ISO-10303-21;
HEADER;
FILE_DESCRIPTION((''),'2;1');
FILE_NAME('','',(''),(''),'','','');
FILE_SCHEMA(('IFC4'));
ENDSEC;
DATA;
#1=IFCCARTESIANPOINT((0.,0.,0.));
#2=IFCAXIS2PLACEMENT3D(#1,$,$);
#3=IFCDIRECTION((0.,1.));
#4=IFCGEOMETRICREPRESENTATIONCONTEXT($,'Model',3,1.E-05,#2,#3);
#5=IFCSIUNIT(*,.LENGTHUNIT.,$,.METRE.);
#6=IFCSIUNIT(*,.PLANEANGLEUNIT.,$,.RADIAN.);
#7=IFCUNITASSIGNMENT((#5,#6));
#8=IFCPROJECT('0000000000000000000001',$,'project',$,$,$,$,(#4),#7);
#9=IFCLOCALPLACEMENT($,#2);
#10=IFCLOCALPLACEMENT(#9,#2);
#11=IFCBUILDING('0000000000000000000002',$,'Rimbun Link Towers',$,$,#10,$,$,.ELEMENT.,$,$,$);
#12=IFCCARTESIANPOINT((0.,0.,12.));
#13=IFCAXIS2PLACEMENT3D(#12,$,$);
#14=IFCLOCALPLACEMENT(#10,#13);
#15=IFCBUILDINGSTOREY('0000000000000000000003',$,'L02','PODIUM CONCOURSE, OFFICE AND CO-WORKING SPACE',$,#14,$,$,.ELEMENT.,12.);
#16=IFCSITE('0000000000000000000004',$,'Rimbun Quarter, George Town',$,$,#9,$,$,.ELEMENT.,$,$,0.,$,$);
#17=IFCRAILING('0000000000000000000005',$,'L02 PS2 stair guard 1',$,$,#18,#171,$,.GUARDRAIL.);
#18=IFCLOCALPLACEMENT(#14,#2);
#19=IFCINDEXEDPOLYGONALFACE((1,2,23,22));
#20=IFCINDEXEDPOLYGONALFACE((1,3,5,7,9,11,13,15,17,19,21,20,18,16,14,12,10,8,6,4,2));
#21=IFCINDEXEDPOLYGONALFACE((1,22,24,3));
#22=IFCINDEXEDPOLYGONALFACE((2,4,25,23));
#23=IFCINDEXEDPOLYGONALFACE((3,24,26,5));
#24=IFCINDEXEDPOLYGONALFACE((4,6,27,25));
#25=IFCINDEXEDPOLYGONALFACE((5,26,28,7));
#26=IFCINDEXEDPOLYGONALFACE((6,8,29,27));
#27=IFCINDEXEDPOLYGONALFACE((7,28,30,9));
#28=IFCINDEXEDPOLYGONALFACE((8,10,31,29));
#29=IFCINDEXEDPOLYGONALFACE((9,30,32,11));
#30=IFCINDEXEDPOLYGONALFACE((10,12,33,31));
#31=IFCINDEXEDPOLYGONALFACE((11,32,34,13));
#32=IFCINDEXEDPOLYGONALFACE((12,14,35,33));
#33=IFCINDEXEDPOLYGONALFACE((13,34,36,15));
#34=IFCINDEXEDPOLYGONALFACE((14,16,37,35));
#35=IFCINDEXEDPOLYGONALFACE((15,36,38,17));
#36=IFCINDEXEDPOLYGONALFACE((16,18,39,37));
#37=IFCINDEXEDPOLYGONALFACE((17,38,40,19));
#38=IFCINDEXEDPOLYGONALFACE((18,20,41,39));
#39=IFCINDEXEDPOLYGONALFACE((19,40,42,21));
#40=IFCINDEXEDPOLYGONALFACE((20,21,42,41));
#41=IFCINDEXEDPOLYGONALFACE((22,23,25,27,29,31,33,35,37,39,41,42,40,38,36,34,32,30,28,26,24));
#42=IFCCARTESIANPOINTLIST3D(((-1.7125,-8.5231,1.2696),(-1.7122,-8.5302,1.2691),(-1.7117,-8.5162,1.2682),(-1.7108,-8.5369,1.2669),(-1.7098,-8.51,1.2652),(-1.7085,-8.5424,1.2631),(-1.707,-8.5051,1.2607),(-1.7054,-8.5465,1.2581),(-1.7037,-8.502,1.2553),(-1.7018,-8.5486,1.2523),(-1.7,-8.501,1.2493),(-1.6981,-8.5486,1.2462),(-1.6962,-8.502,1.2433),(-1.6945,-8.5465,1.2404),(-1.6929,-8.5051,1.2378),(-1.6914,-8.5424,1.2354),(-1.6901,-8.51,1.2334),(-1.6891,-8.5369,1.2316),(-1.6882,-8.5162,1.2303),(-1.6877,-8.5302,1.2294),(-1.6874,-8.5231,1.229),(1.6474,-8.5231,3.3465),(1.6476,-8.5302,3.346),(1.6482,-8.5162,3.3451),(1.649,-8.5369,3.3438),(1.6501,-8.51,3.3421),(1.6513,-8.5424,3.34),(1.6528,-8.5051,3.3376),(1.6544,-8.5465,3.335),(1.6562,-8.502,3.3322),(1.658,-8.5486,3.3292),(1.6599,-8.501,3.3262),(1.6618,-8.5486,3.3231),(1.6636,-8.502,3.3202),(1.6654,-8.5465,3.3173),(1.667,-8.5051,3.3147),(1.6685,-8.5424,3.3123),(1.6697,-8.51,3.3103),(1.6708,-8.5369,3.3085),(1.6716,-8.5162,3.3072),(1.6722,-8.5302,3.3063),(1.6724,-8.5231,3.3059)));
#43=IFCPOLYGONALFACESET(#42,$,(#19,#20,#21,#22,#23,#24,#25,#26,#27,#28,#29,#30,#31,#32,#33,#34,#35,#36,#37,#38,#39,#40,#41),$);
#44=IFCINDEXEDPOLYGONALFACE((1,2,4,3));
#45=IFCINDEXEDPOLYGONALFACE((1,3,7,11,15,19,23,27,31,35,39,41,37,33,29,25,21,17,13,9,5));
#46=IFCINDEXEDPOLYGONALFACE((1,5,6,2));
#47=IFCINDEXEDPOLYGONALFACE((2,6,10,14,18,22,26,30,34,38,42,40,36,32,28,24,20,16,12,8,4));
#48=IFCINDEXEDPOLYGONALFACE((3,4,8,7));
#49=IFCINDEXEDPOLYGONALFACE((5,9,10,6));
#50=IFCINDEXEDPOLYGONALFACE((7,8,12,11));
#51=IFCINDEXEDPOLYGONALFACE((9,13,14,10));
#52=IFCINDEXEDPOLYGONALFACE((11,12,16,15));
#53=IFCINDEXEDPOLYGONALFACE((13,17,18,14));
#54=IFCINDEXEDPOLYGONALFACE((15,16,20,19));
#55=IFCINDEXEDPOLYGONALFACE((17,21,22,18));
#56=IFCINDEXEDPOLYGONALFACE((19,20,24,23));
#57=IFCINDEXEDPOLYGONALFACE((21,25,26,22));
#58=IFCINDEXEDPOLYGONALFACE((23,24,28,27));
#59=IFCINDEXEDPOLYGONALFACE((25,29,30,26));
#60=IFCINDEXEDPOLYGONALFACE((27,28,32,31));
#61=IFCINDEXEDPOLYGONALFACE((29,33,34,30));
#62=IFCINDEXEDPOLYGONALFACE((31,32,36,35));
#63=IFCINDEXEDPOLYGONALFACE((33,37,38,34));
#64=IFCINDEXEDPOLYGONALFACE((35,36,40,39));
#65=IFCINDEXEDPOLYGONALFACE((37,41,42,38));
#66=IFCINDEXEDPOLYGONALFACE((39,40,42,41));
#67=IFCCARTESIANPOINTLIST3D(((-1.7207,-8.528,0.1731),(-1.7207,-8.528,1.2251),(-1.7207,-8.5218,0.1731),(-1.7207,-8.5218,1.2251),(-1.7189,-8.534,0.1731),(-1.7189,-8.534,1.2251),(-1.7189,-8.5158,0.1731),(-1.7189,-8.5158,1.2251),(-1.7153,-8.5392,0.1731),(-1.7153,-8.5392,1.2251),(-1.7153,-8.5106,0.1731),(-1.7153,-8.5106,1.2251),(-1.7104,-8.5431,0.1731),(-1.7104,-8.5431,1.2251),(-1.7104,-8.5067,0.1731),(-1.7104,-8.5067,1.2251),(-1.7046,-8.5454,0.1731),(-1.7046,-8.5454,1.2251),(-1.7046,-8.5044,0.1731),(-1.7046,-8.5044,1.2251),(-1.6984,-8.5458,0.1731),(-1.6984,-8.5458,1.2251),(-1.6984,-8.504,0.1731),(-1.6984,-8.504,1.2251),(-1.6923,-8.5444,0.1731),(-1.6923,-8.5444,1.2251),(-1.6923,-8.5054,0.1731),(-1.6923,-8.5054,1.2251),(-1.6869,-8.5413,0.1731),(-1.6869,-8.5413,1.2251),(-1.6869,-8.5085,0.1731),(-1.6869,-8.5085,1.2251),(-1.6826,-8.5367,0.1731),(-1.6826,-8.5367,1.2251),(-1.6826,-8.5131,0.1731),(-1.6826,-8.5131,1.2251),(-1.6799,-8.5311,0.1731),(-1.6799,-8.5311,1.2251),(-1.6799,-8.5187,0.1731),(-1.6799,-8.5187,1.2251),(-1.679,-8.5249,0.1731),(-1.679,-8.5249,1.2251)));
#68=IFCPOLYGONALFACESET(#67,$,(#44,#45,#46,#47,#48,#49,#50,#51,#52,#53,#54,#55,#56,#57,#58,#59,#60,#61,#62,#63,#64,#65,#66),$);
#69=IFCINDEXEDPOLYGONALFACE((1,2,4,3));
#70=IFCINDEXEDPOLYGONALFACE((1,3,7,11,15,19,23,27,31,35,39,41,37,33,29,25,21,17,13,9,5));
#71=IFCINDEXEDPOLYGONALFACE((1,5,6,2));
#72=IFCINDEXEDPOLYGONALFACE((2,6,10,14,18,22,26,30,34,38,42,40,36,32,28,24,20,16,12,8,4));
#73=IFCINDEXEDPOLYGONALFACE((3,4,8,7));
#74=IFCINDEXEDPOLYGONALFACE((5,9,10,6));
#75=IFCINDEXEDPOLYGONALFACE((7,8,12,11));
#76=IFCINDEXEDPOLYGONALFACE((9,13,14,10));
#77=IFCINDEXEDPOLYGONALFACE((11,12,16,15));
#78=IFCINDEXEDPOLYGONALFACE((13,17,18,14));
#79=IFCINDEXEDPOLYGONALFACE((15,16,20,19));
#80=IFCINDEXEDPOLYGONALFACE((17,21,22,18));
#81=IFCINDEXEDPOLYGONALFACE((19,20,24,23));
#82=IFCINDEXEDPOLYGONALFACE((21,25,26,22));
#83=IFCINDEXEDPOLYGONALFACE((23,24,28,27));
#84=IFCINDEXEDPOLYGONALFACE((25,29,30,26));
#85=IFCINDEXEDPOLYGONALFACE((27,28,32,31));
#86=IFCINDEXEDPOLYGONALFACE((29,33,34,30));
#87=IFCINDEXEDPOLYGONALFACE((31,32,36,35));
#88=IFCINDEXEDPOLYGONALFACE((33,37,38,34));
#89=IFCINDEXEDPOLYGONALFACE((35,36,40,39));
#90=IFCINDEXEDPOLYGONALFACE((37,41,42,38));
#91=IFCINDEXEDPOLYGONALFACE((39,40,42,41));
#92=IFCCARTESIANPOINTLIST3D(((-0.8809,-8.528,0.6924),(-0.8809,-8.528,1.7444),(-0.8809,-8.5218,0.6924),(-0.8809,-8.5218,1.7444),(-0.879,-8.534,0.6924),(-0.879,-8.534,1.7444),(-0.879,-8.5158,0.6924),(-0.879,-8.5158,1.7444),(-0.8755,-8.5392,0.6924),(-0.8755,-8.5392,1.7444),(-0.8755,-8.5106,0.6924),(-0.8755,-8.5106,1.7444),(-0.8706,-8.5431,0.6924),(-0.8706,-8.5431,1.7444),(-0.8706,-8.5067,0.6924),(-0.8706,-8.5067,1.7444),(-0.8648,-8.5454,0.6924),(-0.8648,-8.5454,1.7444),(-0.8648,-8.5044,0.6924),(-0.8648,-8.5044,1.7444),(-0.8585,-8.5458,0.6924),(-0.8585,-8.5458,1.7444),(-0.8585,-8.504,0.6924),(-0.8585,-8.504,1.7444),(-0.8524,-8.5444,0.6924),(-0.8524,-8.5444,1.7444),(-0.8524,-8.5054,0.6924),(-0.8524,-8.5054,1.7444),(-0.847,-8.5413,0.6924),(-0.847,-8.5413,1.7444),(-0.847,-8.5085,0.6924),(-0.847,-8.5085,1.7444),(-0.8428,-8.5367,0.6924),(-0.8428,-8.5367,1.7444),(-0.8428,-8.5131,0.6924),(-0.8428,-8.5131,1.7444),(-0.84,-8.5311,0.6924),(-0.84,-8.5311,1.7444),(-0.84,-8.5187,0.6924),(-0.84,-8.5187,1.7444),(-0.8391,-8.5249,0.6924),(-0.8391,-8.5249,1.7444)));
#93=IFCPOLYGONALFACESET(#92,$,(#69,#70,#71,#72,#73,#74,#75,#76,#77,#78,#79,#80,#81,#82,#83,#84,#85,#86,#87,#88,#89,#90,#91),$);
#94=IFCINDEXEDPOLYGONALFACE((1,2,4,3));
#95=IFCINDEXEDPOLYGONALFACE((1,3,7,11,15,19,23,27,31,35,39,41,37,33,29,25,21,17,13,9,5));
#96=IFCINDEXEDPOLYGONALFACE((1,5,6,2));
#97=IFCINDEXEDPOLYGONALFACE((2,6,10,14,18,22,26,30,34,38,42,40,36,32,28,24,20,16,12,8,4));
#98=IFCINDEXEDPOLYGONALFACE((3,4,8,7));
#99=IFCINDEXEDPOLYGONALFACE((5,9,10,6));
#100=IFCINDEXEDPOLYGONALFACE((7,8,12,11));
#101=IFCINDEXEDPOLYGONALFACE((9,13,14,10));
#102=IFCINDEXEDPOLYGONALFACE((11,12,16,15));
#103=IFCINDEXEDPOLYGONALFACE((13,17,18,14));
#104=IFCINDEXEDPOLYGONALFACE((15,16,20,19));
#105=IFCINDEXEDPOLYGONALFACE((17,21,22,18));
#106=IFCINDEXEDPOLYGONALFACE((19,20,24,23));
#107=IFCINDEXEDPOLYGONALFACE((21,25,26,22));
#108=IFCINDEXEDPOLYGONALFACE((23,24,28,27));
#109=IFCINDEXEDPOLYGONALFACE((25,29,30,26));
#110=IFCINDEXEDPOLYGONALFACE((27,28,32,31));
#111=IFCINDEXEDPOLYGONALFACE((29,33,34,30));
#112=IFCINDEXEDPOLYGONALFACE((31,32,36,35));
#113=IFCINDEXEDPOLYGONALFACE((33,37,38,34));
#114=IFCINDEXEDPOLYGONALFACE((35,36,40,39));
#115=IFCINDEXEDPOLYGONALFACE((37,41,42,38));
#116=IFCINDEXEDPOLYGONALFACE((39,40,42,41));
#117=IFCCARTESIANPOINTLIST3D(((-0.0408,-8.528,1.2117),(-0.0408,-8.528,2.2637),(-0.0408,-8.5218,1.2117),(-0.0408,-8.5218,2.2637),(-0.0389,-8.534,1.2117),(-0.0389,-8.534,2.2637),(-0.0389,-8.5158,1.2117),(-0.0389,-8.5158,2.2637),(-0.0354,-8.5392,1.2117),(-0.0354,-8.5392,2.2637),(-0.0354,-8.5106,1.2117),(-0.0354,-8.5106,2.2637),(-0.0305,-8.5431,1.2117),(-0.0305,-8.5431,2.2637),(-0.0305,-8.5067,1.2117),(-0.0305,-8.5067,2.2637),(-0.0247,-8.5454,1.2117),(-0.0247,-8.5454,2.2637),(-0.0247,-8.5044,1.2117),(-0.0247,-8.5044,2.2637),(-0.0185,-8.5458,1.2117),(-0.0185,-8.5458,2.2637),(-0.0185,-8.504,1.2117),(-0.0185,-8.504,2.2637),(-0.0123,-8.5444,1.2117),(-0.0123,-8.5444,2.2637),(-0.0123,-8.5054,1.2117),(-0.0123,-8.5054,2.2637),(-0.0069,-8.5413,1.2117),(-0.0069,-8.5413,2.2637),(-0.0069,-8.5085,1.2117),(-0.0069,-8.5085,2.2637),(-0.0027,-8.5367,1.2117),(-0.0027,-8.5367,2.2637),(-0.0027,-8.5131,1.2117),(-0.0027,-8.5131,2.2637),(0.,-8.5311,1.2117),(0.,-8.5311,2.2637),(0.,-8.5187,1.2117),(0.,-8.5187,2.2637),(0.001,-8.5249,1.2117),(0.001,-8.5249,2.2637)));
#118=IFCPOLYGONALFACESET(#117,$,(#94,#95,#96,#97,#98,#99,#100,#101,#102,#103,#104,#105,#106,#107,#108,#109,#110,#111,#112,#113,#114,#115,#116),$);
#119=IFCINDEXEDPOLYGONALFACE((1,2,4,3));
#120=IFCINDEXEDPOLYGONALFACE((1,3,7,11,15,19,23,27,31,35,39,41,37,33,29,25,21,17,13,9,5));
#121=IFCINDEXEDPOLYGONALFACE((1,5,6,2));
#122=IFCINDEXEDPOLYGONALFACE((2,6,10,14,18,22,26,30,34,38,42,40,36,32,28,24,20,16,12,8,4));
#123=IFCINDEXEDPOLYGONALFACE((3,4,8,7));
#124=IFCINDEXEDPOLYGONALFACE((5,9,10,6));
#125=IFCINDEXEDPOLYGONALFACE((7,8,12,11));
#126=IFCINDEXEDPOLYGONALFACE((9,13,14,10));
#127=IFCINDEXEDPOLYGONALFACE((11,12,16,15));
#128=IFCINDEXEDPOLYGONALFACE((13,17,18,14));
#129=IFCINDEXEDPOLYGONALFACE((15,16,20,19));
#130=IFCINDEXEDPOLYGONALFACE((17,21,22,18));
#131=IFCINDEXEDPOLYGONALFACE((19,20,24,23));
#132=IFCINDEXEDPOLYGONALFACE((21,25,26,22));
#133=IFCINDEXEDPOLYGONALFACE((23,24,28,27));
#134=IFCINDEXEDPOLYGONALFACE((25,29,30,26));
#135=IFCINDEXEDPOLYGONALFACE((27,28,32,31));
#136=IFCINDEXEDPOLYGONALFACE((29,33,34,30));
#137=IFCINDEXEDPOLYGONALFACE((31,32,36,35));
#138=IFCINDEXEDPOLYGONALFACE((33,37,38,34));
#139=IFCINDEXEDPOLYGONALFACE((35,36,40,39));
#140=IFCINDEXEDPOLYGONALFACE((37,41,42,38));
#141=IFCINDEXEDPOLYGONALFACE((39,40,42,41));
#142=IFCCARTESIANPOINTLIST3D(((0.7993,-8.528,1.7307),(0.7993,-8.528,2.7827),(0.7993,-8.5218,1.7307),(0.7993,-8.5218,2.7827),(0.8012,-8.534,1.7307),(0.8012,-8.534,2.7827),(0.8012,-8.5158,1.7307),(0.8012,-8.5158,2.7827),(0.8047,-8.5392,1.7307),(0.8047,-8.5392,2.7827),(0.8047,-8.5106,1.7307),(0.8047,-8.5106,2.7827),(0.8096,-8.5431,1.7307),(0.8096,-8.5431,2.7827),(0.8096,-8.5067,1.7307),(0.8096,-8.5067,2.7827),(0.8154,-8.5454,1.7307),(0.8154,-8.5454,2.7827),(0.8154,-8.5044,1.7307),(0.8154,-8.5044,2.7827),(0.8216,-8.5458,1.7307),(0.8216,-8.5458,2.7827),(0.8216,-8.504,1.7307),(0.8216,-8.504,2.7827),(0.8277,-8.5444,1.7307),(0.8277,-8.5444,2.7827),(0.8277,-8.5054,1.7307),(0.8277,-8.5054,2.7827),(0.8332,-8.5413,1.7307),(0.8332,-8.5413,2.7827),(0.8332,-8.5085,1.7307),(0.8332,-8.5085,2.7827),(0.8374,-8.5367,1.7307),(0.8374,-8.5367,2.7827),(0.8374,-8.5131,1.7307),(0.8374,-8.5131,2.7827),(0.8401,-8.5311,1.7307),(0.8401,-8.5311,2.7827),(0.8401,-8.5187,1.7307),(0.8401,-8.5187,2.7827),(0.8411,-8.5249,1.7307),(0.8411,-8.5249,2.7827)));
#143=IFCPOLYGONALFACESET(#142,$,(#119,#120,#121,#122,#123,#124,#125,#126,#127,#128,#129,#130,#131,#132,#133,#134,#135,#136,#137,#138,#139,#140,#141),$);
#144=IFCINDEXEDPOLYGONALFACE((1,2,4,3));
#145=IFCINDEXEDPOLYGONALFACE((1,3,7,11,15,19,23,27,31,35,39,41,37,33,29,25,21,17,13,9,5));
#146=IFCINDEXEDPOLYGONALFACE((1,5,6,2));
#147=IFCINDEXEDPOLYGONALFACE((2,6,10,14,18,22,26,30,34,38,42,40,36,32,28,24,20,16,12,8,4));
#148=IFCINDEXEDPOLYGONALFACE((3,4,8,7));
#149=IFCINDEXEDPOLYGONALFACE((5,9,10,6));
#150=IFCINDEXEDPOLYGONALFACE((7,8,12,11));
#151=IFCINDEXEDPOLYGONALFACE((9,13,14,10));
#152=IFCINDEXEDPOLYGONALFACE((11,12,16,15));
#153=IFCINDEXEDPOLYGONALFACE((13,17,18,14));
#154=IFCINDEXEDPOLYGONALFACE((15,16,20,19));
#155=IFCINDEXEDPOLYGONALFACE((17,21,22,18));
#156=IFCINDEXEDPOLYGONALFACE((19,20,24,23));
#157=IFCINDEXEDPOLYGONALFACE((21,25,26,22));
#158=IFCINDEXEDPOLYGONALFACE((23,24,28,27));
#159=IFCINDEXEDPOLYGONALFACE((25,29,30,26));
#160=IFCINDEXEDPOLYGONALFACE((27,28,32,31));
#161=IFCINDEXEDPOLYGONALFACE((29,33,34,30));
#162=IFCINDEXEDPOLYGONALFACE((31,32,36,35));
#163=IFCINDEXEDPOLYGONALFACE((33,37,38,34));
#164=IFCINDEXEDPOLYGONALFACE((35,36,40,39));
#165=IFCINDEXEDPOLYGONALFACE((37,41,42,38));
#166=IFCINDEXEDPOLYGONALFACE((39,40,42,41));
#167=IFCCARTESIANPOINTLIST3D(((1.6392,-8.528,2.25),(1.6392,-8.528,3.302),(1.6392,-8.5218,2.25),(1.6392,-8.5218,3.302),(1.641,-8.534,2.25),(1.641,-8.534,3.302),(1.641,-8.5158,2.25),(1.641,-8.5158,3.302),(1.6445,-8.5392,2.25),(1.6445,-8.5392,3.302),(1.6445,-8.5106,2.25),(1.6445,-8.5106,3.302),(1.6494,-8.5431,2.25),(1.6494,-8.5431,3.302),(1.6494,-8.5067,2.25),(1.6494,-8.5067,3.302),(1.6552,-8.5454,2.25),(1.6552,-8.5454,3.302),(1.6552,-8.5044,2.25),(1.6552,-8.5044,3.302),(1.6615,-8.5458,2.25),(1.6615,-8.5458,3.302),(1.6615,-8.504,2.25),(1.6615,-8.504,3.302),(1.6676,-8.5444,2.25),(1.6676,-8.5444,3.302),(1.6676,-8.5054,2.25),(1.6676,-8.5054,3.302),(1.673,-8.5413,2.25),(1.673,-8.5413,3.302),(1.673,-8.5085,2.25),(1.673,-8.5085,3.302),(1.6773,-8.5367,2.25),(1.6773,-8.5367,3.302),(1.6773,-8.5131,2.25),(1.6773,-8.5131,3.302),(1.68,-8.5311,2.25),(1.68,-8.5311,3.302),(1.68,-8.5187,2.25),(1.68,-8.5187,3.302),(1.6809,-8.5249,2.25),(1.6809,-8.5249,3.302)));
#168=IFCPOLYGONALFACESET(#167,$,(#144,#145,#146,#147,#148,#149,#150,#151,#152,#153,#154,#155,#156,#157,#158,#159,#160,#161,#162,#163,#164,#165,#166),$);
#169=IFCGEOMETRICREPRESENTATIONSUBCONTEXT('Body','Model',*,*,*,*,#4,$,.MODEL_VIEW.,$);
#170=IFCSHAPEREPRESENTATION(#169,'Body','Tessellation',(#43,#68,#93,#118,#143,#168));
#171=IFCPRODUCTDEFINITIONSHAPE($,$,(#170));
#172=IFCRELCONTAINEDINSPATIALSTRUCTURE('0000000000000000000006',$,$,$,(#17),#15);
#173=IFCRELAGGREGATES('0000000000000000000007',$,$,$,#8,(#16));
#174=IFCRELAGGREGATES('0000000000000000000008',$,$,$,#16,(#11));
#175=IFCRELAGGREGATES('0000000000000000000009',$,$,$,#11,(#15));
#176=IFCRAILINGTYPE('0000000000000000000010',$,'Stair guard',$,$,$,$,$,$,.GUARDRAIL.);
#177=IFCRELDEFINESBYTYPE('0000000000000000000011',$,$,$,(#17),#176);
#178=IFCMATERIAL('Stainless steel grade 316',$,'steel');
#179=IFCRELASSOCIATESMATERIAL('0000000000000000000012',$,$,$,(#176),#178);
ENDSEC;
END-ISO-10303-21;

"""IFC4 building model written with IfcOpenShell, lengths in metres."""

from ifc_helpers import new_model, si_unit, direction, frame, origin, origin_2d, place, context, subcontext, project, spatial, circle, extrude, material, type_object, element, save


model = new_model("IFC4")

# Units and contexts
model_context = context("Model", 3, precision=1e-05, world=origin(), true_north=direction((0.0, 1.0)))
body_context = subcontext(model_context, "Body", "Model", "MODEL_VIEW")
ifc_project = project(units=[si_unit("LENGTHUNIT", "METRE"), si_unit("PLANEANGLEUNIT", "RADIAN")], contexts=[model_context])

# Site, building, storey
site_placement = place(None, origin())
site = spatial("IfcSite", under=ifc_project, at=site_placement, Name="Rimbun Quarter, George Town", CompositionType="ELEMENT", RefElevation=0.0)
building_placement = place(site_placement, origin())
building = spatial("IfcBuilding", under=site, at=building_placement, Name="Rimbun Link Towers", CompositionType="ELEMENT")
storey_placement = place(building_placement, frame((0.0, 0.0, 12.0)))
storey = spatial("IfcBuildingStorey", under=building, at=storey_placement, Name="L02", Description="PODIUM CONCOURSE, OFFICE AND CO-WORKING SPACE", CompositionType="ELEMENT", Elevation=12.0)

# Railing
ifc_material_1 = material(Name="Stainless steel grade 316", Category="steel")
railing_type_1 = type_object("IfcRailingType", Name="Stair guard", PredefinedType="GUARDRAIL", material=ifc_material_1)
railing_1_placement = place(storey_placement, frame((-1.7, -8.5249, 0.1731)))
element("IfcRailing", 1, at=railing_1_placement, inside=storey, type_object=railing_type_1, Name="L02 PS2 stair guard 1", PredefinedType="GUARDRAIL", context=body_context, shape_type="SweptSolid", body=[
    extrude(circle(Radius=0.0239, at=origin_2d()), frame((0.0, 0.0, 1.0762), z_axis=(0.850606, 0.0, 0.525803), x_axis=(0.0, 1.0, 0.0)), (0.0, 0.0, 1.0), 3.95),
    extrude(circle(Radius=0.021, at=origin_2d()), origin(), (0.0, 0.0, 1.0), 1.052),
    extrude(circle(Radius=0.021, at=origin_2d()), frame((0.8398, 0.0, 0.5193)), (0.0, 0.0, 1.0), 1.052),
    extrude(circle(Radius=0.021, at=origin_2d()), frame((1.6799, 0.0, 1.0386)), (0.0, 0.0, 1.0), 1.052),
    extrude(circle(Radius=0.021, at=origin_2d()), frame((2.52, 0.0, 1.5576)), (0.0, 0.0, 1.0), 1.052),
    extrude(circle(Radius=0.021, at=origin_2d()), frame((3.3599, 0.0, 2.0769)), (0.0, 0.0, 1.0), 1.052),
])

save(model, "model.ifc")
